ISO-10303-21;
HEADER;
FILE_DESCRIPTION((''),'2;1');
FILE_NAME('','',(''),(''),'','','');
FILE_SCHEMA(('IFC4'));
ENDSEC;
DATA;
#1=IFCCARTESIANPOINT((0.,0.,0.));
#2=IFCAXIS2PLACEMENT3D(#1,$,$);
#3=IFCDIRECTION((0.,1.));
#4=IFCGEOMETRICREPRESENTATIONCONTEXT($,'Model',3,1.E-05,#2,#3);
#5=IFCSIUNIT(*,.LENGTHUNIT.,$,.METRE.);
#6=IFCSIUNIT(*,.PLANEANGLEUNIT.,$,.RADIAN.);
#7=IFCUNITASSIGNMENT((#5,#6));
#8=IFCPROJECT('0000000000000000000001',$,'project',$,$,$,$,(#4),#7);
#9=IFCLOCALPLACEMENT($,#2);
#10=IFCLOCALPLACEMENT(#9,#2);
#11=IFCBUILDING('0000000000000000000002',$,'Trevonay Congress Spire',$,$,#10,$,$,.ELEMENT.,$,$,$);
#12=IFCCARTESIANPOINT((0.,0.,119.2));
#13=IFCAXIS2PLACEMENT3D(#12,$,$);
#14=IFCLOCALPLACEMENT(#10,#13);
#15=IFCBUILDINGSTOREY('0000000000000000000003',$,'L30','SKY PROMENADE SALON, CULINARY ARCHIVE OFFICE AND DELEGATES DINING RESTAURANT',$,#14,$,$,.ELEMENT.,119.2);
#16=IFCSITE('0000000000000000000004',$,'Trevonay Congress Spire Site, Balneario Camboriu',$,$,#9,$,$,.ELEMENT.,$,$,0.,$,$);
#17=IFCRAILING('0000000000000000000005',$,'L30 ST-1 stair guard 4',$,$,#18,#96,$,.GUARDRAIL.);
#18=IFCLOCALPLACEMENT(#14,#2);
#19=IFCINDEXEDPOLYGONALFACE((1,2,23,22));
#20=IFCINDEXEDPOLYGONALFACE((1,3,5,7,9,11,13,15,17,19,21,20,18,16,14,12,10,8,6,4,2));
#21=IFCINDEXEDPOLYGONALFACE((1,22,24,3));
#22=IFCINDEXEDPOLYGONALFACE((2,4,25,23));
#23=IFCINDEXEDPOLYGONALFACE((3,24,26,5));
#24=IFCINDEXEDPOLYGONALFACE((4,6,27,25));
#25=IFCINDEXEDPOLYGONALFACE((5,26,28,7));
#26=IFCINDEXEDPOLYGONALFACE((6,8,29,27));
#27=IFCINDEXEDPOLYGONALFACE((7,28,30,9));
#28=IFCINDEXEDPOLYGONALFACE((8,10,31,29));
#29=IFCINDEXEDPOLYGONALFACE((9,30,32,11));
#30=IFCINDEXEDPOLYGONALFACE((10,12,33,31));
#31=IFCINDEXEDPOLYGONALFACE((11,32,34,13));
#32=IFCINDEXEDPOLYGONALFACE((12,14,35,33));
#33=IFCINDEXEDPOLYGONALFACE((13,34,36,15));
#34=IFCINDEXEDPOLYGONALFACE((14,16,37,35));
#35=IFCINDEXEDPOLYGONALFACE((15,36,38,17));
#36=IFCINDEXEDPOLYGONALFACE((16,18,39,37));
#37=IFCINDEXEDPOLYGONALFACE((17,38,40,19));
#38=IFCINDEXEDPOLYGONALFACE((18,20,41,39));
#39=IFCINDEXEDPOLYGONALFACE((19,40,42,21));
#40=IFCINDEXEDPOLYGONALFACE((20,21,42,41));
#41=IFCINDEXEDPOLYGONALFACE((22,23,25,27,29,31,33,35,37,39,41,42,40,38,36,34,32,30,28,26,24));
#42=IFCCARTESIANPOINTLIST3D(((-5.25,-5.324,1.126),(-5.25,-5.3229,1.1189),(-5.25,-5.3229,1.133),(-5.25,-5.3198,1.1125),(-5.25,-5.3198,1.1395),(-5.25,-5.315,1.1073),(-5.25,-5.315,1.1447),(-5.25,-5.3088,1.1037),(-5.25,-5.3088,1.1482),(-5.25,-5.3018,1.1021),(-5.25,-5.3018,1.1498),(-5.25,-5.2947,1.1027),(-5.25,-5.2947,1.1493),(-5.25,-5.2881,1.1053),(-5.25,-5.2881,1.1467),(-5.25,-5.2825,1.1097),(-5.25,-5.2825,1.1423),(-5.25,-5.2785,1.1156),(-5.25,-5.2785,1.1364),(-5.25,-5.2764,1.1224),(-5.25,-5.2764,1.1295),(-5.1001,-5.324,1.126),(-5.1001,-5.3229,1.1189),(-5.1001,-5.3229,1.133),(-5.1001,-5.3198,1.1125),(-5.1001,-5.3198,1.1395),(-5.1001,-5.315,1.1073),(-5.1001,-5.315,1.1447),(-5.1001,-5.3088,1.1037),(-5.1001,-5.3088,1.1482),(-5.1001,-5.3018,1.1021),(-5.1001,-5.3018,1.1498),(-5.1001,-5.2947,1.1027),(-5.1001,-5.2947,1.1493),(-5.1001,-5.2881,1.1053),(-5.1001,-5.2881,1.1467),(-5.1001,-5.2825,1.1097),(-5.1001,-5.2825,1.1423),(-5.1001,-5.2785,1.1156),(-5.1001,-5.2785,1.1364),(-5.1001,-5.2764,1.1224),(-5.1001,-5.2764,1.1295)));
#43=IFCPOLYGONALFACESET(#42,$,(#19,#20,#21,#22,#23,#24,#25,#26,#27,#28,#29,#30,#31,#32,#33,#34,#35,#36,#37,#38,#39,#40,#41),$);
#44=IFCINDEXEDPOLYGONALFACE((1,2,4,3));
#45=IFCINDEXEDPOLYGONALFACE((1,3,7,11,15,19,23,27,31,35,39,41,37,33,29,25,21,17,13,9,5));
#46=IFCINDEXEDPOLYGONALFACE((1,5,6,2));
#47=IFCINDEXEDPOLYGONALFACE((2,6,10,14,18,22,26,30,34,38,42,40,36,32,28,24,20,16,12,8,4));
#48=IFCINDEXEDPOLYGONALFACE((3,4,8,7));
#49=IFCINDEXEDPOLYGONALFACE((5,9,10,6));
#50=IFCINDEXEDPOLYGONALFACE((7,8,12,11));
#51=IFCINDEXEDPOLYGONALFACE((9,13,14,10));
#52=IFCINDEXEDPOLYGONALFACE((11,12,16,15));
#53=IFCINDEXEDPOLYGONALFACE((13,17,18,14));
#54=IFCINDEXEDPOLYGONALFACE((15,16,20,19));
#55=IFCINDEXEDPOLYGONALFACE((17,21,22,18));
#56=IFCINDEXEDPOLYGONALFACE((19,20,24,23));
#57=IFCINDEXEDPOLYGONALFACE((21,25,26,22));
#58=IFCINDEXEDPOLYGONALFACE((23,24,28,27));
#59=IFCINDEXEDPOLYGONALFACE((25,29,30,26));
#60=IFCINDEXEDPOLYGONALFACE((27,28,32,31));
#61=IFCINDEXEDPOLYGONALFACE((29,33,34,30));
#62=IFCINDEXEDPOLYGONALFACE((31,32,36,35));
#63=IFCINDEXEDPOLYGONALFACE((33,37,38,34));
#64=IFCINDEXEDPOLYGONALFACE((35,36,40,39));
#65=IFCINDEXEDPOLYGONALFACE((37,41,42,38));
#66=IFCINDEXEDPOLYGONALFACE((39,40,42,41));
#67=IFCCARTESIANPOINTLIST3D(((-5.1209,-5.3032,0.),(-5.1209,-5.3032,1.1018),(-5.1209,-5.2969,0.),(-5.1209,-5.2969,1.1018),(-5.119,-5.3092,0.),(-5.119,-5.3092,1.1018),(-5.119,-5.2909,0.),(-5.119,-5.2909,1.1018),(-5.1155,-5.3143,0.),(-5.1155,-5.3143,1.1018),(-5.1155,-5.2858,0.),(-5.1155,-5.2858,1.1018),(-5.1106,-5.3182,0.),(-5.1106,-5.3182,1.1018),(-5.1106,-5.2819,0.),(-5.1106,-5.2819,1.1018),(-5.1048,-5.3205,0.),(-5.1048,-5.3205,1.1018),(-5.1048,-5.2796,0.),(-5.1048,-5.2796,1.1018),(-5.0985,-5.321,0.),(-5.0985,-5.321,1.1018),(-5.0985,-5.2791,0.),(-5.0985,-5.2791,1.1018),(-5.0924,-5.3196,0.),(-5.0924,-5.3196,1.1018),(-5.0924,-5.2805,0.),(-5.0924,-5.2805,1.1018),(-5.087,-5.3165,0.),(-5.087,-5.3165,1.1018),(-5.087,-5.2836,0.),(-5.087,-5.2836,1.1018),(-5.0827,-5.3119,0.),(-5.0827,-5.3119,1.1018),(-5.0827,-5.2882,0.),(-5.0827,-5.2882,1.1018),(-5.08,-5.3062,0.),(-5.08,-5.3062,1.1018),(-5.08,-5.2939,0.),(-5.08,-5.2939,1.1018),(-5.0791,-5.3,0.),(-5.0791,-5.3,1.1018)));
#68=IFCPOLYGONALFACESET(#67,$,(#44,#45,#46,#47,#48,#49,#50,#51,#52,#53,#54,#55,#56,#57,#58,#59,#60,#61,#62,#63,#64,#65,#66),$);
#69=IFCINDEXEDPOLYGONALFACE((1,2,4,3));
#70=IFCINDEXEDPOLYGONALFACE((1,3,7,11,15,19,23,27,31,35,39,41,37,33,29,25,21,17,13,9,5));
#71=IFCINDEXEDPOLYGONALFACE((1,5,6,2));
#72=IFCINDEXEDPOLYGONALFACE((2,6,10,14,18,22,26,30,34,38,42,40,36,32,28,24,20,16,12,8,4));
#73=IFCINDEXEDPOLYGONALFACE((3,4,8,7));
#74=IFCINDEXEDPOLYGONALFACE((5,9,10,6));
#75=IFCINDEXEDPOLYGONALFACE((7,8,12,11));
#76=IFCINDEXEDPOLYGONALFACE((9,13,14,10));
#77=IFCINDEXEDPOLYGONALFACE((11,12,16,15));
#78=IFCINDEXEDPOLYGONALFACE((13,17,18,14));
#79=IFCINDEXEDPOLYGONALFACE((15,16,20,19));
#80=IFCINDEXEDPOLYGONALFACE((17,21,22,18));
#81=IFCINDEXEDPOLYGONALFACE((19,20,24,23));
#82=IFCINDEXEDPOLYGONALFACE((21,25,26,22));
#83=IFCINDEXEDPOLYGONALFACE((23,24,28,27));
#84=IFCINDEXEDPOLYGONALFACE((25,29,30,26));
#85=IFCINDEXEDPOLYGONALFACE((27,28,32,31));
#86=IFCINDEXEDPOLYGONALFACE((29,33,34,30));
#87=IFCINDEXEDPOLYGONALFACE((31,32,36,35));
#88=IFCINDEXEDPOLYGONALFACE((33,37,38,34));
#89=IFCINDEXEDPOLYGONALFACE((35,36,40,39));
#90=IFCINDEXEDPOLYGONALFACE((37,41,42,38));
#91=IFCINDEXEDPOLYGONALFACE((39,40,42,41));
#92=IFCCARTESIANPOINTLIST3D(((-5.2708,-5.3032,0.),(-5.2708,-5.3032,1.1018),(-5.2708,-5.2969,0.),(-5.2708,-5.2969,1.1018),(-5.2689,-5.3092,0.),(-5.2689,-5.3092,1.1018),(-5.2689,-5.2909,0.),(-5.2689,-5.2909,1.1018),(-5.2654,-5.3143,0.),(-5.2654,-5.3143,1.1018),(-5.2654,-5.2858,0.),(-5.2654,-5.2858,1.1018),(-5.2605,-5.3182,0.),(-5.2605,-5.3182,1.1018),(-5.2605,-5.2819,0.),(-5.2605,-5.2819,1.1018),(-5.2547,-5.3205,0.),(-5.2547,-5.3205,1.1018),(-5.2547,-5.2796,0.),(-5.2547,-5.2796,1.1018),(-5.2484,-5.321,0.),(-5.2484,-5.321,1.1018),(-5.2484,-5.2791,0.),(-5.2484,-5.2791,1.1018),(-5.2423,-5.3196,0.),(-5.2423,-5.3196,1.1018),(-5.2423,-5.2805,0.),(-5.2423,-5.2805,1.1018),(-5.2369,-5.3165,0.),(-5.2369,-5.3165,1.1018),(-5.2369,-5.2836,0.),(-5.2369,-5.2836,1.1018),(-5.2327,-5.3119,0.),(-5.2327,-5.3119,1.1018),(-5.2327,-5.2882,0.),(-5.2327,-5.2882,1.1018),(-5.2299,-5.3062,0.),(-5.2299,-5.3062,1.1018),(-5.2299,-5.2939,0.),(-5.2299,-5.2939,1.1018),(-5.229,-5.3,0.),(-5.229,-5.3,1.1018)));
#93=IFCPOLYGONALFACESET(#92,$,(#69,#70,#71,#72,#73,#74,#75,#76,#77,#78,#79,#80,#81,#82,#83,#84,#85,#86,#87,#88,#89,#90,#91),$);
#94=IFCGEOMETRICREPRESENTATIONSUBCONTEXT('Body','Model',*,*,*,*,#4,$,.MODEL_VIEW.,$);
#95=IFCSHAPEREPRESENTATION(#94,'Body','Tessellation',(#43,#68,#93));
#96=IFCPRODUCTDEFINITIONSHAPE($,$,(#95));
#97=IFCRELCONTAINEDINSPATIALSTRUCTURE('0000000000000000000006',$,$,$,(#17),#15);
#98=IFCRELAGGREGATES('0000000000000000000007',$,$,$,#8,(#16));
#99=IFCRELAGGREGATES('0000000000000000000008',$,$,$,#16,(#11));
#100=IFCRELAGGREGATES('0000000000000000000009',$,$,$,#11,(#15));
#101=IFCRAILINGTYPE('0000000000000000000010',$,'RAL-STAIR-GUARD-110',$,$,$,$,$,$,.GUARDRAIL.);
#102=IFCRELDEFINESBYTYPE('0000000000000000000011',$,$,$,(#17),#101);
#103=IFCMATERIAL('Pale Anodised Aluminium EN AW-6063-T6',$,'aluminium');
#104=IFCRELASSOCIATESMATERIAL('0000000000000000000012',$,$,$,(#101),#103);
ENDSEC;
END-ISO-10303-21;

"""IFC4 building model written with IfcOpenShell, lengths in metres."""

from ifc_helpers import new_model, si_unit, direction, frame, origin, origin_2d, place, context, subcontext, project, spatial, circle, extrude, material, type_object, element, save


model = new_model("IFC4")

# Units and contexts
model_context = context("Model", 3, precision=1e-05, world=origin(), true_north=direction((0.0, 1.0)))
body_context = subcontext(model_context, "Body", "Model", "MODEL_VIEW")
ifc_project = project(units=[si_unit("LENGTHUNIT", "METRE"), si_unit("PLANEANGLEUNIT", "RADIAN")], contexts=[model_context])

# Site, building, storey
site_placement = place(None, origin())
site = spatial("IfcSite", under=ifc_project, at=site_placement, Name="Trevonay Congress Spire Site, Balneario Camboriu", CompositionType="ELEMENT", RefElevation=0.0)
building_placement = place(site_placement, origin())
building = spatial("IfcBuilding", under=site, at=building_placement, Name="Trevonay Congress Spire", CompositionType="ELEMENT")
storey_placement = place(building_placement, frame((0.0, 0.0, 119.2)))
storey = spatial("IfcBuildingStorey", under=building, at=storey_placement, Name="L30", Description="SKY PROMENADE SALON, CULINARY ARCHIVE OFFICE AND DELEGATES DINING RESTAURANT", CompositionType="ELEMENT", Elevation=119.2)

# Shared definitions
ifc_material_1 = material(Name="Pale Anodised Aluminium EN AW-6063-T6", Category="aluminium")

# Railing
railing_type_1 = type_object("IfcRailingType", Name="RAL-STAIR-GUARD-110", PredefinedType="GUARDRAIL", material=ifc_material_1)
railing_1_placement = place(storey_placement, frame((-5.1001, -5.3, 0.0)))
element("IfcRailing", 1, at=railing_1_placement, inside=storey, type_object=railing_type_1, Name="L30 ST-1 stair guard 4", PredefinedType="GUARDRAIL", context=body_context, shape_type="SweptSolid", body=[
    extrude(circle(Radius=0.0239, at=origin_2d()), frame((0.0, 0.0, 1.126), z_axis=(-1.0, 0.0, 0.0), x_axis=(0.0, -1.0, 0.0)), (0.0, 0.0, 1.0), 0.1499),
    extrude(circle(Radius=0.021, at=origin_2d()), origin(), (0.0, 0.0, 1.0), 1.1018),
    extrude(circle(Radius=0.021, at=origin_2d()), frame((-0.1499, 0.0, 0.0)), (0.0, 0.0, 1.0), 1.1018),
])

save(model, "model.ifc")
